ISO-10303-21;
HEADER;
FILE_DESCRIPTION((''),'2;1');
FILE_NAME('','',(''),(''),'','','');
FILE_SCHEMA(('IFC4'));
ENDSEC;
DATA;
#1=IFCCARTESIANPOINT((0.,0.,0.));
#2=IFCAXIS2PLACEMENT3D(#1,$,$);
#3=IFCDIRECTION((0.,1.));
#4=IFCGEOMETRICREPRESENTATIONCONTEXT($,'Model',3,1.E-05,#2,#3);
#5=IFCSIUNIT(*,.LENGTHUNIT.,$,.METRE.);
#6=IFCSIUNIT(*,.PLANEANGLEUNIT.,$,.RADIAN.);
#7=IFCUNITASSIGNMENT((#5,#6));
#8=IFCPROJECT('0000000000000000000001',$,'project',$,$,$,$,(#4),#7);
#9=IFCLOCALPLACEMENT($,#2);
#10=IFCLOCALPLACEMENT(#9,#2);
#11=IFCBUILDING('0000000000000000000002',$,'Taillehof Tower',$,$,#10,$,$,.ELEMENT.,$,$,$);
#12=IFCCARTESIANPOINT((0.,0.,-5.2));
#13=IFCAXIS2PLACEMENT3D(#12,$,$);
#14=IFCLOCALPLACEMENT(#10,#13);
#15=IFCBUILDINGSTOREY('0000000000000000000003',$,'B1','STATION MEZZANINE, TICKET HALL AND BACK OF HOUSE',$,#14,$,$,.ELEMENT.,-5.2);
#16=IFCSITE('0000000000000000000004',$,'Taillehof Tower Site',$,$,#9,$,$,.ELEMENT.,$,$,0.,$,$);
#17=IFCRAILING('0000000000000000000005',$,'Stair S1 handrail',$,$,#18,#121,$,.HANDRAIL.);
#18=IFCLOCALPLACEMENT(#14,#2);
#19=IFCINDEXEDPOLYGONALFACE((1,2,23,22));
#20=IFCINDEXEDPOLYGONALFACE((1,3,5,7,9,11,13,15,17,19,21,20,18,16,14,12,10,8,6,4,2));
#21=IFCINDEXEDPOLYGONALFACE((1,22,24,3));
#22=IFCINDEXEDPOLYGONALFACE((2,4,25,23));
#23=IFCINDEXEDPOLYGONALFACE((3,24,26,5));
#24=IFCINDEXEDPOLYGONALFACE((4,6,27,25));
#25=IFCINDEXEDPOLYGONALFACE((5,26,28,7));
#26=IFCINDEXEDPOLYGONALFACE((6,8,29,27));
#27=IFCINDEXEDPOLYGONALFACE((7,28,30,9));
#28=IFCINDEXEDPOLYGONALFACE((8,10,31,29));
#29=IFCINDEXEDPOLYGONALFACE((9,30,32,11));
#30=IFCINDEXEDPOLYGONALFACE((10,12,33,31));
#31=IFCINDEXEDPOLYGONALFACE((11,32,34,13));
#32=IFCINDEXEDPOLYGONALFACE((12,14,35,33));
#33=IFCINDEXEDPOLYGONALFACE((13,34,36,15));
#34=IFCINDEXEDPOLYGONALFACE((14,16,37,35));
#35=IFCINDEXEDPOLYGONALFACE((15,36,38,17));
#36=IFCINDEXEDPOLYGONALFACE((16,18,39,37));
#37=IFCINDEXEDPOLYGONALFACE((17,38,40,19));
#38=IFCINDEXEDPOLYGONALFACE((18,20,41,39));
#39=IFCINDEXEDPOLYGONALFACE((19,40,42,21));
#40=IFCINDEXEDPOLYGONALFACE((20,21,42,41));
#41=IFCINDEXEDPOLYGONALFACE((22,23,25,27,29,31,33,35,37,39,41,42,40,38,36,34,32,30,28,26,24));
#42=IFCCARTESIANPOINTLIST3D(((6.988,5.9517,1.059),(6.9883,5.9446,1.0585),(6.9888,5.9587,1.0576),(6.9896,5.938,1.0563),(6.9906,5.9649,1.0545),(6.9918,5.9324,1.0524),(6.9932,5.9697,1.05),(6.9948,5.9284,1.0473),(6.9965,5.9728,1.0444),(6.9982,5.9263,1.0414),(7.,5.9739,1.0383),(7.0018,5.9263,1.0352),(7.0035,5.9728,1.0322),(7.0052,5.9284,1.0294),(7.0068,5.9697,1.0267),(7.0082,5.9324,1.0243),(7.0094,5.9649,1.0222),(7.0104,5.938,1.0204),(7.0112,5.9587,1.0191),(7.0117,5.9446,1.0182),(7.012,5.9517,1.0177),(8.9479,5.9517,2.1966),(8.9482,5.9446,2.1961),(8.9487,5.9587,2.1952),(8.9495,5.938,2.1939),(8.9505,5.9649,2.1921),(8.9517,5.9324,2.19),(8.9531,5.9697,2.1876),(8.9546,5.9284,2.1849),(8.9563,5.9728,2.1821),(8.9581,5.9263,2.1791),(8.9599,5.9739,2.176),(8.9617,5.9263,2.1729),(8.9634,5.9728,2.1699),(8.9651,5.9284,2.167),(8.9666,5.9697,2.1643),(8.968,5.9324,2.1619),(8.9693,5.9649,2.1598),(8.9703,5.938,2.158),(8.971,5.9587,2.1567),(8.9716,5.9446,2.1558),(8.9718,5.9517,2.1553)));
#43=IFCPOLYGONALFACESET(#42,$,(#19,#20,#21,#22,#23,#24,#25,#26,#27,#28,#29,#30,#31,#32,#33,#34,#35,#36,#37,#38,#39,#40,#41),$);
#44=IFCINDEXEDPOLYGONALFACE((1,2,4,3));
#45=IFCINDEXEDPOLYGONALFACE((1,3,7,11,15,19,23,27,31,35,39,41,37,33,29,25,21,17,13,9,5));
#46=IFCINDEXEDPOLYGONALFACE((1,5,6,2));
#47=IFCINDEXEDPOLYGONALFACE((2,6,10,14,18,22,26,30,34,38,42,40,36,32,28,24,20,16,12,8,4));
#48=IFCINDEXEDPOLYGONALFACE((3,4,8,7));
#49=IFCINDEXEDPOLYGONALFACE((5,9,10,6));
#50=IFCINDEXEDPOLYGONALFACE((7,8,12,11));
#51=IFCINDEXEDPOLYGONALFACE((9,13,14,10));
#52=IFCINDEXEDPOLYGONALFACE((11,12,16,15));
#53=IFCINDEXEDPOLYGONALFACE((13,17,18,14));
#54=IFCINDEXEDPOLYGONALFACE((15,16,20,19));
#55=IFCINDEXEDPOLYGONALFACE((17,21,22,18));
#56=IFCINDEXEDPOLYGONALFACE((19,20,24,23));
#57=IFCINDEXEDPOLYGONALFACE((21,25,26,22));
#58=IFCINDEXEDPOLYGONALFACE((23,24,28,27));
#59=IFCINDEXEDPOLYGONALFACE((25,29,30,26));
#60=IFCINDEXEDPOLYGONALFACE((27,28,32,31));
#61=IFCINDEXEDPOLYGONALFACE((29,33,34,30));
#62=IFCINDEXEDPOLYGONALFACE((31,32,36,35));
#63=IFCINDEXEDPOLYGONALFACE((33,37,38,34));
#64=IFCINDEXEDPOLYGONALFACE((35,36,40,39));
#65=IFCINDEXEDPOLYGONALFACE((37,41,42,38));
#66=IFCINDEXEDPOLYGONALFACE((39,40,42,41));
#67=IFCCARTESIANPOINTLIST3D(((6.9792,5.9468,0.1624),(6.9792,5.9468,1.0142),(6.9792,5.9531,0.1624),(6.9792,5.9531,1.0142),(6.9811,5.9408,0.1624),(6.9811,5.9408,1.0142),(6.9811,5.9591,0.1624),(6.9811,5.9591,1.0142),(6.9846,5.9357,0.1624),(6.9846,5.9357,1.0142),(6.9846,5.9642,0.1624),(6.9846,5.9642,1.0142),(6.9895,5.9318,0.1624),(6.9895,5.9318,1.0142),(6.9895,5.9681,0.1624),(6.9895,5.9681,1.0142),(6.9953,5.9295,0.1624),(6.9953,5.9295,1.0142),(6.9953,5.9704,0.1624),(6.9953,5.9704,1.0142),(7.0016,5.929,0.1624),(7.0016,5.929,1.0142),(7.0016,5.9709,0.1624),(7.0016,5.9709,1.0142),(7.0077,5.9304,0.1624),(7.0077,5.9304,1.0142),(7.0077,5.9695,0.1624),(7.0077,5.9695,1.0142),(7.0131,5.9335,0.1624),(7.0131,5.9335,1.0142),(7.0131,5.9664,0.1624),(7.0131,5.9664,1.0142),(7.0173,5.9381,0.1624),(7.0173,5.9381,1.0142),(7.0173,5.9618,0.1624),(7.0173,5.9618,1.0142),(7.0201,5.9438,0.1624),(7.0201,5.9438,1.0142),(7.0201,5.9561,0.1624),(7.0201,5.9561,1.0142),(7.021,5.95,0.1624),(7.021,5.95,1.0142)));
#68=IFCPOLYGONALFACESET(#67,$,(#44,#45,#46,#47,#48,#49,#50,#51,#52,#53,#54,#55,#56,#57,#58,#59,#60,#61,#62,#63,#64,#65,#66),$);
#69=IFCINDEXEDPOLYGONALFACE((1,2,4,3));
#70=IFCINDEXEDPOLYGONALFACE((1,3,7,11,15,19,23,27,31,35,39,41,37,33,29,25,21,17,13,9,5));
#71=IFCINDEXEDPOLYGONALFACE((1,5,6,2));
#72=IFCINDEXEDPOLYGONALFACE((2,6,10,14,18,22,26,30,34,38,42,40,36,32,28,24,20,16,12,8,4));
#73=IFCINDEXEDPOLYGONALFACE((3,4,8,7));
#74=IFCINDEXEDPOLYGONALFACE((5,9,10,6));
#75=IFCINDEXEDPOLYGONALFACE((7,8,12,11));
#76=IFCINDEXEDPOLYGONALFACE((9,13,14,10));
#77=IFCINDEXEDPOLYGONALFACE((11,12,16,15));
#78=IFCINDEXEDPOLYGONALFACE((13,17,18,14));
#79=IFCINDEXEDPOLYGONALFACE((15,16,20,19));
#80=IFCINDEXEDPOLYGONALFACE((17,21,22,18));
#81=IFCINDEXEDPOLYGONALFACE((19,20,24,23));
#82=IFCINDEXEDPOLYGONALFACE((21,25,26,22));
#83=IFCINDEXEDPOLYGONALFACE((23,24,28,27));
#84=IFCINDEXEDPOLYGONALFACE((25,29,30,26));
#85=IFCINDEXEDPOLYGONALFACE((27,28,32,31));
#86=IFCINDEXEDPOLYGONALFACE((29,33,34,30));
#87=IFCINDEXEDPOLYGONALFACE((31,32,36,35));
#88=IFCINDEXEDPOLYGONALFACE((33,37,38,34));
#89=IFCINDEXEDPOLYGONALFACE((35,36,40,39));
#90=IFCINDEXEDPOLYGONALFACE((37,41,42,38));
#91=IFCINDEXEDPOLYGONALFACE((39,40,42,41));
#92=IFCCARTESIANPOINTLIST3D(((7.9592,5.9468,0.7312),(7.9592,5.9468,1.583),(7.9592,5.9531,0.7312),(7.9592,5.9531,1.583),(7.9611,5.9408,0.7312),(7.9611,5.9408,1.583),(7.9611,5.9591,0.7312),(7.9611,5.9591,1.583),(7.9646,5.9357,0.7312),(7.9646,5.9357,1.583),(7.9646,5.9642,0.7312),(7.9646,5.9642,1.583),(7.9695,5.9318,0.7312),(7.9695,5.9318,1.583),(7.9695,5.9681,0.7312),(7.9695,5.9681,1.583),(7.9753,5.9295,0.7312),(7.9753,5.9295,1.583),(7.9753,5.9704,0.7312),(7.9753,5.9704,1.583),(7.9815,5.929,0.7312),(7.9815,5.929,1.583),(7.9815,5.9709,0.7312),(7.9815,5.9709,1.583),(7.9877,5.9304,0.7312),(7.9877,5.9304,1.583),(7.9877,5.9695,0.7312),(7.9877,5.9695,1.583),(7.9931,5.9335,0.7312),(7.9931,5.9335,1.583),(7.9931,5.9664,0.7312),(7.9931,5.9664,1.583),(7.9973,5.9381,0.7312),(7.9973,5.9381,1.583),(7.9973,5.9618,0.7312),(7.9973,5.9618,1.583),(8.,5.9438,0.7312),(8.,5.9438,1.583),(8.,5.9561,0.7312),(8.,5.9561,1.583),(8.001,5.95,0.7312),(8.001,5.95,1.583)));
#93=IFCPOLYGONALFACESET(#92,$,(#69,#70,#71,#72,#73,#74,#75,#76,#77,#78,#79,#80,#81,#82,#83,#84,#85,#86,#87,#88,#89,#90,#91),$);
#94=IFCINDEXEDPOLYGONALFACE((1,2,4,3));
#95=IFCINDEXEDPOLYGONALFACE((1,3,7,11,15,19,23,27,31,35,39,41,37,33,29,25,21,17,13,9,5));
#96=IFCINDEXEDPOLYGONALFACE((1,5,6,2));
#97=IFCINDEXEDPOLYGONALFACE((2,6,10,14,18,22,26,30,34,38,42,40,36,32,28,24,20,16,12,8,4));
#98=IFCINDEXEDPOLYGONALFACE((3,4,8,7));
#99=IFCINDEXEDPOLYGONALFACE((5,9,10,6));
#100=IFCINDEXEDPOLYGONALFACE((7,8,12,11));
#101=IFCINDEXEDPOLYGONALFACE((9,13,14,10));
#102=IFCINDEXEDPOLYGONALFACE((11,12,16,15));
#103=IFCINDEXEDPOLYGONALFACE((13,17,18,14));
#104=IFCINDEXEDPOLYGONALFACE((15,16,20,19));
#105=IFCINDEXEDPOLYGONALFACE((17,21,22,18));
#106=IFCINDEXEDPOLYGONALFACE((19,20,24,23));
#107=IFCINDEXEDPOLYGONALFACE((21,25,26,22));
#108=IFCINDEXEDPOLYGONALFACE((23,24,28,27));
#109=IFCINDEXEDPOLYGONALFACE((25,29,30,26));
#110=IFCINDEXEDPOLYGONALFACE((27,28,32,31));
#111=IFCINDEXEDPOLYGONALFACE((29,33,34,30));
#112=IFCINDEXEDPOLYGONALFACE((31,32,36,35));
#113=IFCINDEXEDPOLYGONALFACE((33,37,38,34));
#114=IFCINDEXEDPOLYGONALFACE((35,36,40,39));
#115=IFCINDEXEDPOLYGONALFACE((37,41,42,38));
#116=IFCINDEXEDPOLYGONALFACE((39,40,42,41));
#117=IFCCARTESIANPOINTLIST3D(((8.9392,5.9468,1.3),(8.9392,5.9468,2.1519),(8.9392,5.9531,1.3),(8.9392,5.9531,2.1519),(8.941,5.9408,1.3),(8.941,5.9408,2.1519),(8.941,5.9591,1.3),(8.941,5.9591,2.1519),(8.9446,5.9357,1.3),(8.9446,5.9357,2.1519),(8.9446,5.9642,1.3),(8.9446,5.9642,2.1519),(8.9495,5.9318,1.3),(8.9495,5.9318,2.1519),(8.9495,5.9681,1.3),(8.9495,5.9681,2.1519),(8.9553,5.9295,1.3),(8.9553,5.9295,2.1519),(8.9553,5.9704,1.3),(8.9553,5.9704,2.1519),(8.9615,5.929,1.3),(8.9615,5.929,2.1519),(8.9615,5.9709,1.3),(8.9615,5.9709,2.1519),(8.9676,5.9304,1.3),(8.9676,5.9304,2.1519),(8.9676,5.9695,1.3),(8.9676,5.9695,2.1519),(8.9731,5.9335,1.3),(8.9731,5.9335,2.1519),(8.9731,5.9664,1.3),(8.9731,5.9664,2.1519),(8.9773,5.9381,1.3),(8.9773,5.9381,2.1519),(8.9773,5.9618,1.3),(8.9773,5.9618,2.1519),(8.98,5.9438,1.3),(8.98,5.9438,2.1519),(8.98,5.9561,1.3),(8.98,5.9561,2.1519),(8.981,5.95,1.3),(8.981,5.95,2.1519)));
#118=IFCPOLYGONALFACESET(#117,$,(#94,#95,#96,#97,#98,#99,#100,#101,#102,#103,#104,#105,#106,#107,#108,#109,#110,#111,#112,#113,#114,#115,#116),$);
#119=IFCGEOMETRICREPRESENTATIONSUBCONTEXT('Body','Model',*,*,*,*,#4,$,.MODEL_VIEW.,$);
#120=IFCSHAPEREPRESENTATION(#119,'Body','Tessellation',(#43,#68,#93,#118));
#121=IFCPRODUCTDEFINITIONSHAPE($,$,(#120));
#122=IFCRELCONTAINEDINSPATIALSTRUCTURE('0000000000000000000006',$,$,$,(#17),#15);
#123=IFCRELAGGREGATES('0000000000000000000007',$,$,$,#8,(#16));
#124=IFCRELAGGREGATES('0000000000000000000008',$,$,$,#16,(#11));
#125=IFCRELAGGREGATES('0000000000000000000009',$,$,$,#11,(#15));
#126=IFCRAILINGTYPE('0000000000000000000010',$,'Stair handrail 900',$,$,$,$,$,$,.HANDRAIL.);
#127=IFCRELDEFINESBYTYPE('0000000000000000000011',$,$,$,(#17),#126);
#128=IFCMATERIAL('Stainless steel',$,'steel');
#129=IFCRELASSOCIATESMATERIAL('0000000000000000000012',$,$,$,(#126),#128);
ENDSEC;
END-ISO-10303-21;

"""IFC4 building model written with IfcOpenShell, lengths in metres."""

from ifc_helpers import new_model, si_unit, direction, frame, origin, origin_2d, place, context, subcontext, project, spatial, circle, extrude, material, type_object, element, save


model = new_model("IFC4")

# Units and contexts
model_context = context("Model", 3, precision=1e-05, world=origin(), true_north=direction((0.0, 1.0)))
body_context = subcontext(model_context, "Body", "Model", "MODEL_VIEW")
ifc_project = project(units=[si_unit("LENGTHUNIT", "METRE"), si_unit("PLANEANGLEUNIT", "RADIAN")], contexts=[model_context])

# Site, building, storey
site_placement = place(None, origin())
site = spatial("IfcSite", under=ifc_project, at=site_placement, Name="Taillehof Tower Site", CompositionType="ELEMENT", RefElevation=0.0)
building_placement = place(site_placement, origin())
building = spatial("IfcBuilding", under=site, at=building_placement, Name="Taillehof Tower", CompositionType="ELEMENT")
storey_placement = place(building_placement, frame((0.0, 0.0, -5.2)))
storey = spatial("IfcBuildingStorey", under=building, at=storey_placement, Name="B1", Description="STATION MEZZANINE, TICKET HALL AND BACK OF HOUSE", CompositionType="ELEMENT", Elevation=-5.2)

# Railing
ifc_material_1 = material(Name="Stainless steel", Category="steel")
railing_type = type_object("IfcRailingType", Name="Stair handrail 900", PredefinedType="HANDRAIL", material=ifc_material_1)
railing_1_placement = place(storey_placement, frame((7.0, 5.95, 0.1624)))
element("IfcRailing", 1, at=railing_1_placement, inside=storey, type_object=railing_type, Name="Stair S1 handrail", PredefinedType="HANDRAIL", context=body_context, shape_type="SweptSolid", body=[
    extrude(circle(Radius=0.0239, at=origin_2d()), frame((0.0, 0.0, 0.876), z_axis=(0.864855, 0.0, 0.502021), x_axis=(0.0, 1.0, 0.0)), (0.0, 0.0, 1.0), 2.2661),
    extrude(circle(Radius=0.021, at=origin_2d()), origin(), (0.0, 0.0, 1.0), 0.8518),
    extrude(circle(Radius=0.021, at=origin_2d()), frame((0.98, 0.0, 0.5688)), (0.0, 0.0, 1.0), 0.8518),
    extrude(circle(Radius=0.021, at=origin_2d()), frame((1.96, 0.0, 1.1377)), (0.0, 0.0, 1.0), 0.8518),
])

save(model, "model.ifc")
